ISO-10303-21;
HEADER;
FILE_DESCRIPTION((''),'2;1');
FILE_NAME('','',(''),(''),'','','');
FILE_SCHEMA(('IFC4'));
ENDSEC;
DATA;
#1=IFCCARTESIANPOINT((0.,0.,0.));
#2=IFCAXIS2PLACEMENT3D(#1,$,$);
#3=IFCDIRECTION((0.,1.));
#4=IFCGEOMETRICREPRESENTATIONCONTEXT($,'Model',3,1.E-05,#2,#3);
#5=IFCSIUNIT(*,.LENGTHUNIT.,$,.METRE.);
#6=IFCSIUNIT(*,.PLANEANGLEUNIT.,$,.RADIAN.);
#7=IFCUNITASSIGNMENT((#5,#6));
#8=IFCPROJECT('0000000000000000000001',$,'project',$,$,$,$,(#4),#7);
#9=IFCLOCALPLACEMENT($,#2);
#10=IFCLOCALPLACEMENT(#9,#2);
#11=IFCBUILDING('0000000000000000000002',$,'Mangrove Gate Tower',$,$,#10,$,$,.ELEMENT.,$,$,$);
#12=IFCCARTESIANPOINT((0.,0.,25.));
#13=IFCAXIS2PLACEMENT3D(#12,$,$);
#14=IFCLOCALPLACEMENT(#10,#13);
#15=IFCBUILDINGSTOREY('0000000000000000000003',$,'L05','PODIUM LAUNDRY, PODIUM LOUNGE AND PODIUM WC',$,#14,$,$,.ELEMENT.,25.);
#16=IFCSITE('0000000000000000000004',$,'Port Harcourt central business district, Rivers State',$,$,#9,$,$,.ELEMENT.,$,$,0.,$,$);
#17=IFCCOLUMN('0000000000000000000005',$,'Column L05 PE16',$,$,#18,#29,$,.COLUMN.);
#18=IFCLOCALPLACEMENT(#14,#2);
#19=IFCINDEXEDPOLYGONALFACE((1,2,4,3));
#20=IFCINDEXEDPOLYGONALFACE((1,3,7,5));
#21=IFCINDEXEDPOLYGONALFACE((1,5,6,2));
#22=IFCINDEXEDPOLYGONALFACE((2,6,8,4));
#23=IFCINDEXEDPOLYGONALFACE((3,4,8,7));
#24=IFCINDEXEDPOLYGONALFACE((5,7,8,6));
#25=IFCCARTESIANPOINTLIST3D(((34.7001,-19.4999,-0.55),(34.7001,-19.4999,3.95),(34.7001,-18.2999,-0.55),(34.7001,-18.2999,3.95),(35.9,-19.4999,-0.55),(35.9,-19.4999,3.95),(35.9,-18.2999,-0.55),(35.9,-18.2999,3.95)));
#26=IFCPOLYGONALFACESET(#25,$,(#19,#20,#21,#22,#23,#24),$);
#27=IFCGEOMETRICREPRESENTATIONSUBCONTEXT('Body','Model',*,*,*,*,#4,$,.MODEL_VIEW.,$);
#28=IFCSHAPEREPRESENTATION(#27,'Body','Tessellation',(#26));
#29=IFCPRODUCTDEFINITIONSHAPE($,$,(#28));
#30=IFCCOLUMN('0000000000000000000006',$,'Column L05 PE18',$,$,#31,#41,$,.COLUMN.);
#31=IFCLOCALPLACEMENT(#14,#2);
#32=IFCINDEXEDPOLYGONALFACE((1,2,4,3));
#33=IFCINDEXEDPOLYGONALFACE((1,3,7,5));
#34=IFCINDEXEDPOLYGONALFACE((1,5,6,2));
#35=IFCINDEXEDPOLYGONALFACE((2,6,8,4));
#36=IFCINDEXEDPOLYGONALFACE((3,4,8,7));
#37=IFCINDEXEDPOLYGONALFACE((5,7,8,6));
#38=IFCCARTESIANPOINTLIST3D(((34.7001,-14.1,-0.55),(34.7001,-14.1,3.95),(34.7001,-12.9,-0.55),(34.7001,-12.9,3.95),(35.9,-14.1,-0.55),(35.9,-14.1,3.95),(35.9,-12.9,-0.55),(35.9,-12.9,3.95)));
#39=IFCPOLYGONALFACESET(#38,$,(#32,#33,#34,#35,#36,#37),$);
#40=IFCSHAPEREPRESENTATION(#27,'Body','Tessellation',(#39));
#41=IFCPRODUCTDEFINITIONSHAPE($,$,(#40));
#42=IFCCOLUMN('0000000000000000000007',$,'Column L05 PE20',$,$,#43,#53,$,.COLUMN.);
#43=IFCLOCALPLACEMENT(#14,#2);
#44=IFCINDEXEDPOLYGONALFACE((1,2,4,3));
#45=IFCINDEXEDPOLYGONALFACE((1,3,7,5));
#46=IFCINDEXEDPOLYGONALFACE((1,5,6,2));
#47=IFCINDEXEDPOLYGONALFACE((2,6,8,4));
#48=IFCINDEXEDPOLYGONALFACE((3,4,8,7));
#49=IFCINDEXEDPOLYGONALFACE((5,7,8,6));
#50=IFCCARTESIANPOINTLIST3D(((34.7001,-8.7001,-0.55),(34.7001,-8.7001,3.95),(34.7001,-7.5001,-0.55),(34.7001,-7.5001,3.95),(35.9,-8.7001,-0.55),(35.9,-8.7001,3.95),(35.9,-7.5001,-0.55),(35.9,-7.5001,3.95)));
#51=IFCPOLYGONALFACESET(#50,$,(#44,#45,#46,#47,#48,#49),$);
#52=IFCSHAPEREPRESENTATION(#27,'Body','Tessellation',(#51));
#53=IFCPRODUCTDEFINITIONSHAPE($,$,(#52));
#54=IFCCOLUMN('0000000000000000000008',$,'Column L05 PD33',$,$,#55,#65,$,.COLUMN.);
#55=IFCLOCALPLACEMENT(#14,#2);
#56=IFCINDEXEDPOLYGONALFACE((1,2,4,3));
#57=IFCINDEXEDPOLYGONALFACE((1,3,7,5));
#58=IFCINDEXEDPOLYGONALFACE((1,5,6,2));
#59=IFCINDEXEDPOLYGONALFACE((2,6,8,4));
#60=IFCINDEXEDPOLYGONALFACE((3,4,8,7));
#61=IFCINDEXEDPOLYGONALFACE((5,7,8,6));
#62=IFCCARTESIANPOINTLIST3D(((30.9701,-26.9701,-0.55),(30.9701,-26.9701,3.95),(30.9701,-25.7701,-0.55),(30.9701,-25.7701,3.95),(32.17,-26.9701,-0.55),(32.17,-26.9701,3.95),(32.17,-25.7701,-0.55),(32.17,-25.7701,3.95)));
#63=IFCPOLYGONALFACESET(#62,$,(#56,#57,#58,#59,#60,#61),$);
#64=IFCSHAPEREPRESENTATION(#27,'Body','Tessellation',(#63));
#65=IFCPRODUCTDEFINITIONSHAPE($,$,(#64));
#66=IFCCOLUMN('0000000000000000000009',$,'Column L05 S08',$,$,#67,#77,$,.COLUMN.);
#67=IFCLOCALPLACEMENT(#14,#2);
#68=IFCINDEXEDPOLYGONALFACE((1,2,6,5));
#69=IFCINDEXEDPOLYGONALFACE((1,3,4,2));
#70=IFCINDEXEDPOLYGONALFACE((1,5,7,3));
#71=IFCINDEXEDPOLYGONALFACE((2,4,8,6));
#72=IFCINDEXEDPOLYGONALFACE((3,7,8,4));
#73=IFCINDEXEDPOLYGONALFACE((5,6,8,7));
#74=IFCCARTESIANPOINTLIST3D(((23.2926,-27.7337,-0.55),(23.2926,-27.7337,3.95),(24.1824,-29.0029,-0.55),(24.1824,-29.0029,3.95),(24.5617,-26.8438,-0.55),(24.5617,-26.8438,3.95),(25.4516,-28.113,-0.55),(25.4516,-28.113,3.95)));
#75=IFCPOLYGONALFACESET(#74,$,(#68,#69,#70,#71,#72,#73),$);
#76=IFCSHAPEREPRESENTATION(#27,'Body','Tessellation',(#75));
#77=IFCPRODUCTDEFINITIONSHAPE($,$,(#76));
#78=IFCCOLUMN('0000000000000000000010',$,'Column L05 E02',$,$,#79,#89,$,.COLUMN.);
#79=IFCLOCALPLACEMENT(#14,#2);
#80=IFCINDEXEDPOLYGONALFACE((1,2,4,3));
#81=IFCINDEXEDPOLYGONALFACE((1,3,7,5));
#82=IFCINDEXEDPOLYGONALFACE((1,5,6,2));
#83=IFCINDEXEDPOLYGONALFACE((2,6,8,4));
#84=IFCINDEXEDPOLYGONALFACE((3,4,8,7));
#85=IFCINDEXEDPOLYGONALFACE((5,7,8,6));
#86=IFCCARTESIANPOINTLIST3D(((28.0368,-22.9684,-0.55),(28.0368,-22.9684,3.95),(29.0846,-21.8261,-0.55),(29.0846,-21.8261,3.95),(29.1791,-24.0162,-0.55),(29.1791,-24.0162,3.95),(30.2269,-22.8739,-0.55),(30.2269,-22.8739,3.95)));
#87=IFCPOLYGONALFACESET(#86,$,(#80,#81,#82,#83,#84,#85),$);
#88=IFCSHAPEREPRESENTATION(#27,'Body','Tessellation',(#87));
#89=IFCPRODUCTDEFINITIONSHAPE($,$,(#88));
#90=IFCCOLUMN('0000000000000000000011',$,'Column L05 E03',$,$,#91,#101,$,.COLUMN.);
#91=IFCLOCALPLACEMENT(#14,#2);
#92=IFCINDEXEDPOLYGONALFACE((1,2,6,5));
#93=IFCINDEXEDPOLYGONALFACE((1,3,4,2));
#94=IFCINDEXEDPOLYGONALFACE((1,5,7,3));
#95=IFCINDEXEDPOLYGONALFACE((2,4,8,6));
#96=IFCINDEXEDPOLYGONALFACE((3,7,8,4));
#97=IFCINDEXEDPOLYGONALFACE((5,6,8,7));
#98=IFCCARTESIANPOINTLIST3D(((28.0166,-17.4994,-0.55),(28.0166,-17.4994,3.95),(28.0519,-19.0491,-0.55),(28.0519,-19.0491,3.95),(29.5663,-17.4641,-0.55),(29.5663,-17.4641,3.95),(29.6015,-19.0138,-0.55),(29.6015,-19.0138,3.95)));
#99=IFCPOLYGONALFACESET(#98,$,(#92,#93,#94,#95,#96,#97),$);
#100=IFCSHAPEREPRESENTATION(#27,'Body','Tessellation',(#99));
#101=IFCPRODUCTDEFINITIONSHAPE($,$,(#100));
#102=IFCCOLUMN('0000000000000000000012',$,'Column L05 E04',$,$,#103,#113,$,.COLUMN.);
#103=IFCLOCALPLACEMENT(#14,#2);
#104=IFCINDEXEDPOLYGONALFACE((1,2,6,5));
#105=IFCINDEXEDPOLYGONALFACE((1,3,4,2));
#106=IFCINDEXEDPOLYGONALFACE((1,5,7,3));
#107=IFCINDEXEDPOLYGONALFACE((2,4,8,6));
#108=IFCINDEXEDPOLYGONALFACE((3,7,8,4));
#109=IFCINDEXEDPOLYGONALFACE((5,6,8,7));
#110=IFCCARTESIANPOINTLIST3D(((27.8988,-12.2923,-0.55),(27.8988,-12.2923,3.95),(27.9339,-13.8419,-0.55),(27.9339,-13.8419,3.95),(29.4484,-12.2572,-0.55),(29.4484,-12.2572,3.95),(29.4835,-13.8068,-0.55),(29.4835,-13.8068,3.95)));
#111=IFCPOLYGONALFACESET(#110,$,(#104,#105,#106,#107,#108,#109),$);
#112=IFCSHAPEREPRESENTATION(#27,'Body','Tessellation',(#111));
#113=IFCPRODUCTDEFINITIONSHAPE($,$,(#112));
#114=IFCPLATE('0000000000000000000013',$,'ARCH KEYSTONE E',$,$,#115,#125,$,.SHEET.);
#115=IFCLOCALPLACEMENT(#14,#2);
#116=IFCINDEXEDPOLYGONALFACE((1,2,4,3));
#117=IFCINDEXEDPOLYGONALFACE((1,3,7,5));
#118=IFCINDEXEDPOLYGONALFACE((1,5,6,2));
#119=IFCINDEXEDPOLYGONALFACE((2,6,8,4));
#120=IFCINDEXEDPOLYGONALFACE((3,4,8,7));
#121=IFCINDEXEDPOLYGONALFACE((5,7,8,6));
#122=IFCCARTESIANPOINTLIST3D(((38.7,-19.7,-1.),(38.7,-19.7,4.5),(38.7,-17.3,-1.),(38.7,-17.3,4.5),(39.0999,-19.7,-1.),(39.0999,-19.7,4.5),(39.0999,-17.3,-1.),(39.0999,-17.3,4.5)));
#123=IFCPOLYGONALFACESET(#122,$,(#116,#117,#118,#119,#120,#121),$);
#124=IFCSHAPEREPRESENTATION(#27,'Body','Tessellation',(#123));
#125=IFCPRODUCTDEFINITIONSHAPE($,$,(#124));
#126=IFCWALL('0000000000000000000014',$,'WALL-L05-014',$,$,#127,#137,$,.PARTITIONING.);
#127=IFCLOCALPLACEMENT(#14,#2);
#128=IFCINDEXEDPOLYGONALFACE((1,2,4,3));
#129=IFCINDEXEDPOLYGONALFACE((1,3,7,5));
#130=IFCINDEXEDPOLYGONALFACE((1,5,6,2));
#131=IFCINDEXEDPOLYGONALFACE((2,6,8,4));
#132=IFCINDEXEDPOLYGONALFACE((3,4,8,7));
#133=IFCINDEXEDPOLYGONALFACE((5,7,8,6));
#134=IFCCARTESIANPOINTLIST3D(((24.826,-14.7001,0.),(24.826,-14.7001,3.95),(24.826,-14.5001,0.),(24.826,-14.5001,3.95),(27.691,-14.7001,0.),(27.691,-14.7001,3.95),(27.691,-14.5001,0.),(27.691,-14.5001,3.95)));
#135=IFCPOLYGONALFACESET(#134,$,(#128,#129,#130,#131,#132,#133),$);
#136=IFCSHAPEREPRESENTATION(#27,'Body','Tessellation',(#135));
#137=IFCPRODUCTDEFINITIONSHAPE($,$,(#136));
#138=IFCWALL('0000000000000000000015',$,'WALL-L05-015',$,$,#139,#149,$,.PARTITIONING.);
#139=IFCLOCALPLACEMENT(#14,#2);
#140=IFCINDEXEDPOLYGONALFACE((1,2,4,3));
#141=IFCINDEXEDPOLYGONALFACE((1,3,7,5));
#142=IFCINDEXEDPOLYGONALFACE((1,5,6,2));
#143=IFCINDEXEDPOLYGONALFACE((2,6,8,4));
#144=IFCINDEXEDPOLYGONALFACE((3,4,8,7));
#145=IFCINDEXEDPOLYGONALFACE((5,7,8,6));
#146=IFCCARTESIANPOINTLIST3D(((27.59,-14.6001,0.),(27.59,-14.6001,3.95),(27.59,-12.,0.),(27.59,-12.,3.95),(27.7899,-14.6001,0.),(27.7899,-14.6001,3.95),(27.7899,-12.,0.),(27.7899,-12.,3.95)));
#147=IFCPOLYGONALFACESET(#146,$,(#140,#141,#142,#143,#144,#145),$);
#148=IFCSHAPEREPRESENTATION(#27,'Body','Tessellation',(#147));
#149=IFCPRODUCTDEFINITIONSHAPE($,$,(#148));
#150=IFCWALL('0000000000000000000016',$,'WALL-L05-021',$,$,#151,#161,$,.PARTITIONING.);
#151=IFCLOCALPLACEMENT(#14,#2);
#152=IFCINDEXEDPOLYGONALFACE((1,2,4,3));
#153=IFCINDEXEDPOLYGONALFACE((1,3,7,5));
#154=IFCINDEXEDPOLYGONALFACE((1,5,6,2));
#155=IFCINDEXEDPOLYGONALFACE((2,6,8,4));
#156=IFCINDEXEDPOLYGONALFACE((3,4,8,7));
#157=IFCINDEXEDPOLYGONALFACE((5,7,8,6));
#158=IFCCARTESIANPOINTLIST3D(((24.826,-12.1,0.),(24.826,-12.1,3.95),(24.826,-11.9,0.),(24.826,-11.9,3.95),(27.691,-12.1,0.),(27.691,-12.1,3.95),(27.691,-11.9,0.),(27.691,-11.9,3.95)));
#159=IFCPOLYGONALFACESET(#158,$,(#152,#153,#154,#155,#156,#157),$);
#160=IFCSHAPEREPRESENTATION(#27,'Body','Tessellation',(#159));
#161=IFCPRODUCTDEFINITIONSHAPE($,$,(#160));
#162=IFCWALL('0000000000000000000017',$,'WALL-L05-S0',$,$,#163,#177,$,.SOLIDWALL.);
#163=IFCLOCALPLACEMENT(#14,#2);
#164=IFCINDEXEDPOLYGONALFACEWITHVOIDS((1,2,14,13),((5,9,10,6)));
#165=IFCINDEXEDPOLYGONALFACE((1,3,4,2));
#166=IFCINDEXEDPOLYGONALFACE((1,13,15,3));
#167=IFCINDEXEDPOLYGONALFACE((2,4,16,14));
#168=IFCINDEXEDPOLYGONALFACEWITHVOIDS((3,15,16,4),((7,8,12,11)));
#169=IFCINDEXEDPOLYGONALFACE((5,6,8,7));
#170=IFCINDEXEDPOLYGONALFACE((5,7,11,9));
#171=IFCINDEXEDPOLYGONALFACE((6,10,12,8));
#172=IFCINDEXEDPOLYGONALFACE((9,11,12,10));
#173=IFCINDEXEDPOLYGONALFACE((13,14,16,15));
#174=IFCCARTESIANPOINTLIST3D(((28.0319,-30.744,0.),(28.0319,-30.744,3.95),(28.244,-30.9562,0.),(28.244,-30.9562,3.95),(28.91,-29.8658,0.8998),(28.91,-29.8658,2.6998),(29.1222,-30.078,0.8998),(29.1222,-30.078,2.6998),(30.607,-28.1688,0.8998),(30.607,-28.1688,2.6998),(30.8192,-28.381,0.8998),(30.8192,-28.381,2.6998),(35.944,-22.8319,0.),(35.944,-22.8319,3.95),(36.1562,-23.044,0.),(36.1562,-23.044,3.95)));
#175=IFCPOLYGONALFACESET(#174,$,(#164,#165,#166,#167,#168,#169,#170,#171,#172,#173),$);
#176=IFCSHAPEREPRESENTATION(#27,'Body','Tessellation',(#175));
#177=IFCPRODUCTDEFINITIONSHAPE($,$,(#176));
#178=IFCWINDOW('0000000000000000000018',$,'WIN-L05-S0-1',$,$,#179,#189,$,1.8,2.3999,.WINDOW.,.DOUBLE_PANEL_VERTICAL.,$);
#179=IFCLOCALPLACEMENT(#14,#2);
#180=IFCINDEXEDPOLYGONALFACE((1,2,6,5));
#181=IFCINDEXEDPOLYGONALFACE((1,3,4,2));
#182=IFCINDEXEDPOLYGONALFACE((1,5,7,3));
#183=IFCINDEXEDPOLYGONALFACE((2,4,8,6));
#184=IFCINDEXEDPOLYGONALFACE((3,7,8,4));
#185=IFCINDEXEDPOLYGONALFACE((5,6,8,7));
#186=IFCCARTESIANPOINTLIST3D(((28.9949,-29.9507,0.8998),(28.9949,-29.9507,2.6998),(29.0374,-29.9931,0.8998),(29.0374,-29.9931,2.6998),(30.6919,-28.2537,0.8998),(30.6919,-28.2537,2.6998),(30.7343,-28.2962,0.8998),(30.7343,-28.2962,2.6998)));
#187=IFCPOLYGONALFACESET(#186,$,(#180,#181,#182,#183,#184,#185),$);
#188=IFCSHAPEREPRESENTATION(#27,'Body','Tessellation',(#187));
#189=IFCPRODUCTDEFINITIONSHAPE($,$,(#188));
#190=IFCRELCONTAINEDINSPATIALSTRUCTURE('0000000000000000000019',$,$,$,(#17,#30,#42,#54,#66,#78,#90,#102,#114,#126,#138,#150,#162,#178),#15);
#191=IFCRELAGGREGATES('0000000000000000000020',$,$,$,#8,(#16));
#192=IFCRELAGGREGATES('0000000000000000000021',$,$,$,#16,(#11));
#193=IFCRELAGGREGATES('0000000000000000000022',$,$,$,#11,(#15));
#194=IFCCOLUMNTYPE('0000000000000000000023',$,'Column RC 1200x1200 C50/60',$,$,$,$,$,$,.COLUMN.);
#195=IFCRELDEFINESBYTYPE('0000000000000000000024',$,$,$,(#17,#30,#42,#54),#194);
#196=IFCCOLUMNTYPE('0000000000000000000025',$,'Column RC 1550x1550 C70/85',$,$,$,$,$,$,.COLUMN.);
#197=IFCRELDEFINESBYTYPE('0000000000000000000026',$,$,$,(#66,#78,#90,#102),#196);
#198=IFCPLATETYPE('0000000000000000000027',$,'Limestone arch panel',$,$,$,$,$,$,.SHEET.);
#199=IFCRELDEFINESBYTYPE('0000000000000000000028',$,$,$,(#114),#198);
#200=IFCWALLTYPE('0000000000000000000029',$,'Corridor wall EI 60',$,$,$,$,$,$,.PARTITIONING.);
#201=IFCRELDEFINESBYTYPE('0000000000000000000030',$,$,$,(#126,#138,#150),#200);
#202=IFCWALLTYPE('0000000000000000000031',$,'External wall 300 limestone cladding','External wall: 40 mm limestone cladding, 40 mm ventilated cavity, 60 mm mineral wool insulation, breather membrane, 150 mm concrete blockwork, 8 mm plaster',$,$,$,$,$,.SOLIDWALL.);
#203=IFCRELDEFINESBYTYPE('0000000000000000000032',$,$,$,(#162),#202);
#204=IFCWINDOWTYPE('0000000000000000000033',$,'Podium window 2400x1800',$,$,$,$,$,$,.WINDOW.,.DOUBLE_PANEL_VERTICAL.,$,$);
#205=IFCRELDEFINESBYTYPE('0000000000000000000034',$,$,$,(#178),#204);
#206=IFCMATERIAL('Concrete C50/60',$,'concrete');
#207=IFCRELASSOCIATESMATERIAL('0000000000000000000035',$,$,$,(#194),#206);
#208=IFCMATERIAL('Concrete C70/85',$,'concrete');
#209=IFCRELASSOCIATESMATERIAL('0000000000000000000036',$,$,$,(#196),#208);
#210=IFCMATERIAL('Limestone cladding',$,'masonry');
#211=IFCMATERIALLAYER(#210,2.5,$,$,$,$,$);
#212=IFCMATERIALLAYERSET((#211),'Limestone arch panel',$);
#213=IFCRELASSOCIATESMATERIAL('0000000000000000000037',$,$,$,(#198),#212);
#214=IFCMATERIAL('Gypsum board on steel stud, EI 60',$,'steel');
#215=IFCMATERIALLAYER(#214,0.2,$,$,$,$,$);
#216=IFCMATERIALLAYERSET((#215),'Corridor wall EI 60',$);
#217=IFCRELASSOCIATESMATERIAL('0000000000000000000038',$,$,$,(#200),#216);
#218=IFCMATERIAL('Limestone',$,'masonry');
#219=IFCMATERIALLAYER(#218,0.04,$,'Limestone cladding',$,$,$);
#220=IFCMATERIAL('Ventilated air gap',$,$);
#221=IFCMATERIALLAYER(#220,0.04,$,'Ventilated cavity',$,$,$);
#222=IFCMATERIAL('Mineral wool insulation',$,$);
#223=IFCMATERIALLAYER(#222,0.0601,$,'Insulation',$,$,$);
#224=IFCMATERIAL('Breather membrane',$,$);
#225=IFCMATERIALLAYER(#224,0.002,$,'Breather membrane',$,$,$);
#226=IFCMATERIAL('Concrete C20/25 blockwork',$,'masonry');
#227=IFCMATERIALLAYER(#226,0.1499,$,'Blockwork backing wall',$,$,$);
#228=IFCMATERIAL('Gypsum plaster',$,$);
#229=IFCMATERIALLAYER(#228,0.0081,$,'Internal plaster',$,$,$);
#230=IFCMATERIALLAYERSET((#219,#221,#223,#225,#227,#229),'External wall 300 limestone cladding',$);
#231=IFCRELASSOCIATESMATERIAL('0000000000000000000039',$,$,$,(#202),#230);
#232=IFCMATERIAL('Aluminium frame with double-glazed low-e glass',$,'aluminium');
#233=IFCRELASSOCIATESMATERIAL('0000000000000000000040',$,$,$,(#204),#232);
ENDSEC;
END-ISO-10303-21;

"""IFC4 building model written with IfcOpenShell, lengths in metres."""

from ifc_helpers import new_model, si_unit, direction, frame, frame_2d, origin, origin_2d, place, context, subcontext, project, spatial, rectangle, extrude, material, layer, layer_set, material_profile, profile_set, type_object, element, fill, save


model = new_model("IFC4")

# Units and contexts
model_context = context("Model", 3, precision=1e-05, world=origin(), true_north=direction((0.0, 1.0)))
body_context = subcontext(model_context, "Body", "Model", "MODEL_VIEW")
ifc_project = project(units=[si_unit("LENGTHUNIT", "METRE"), si_unit("PLANEANGLEUNIT", "RADIAN")], contexts=[model_context])

# Site, building, storey
site_placement = place(None, origin())
site = spatial("IfcSite", under=ifc_project, at=site_placement, Name="Port Harcourt central business district, Rivers State", CompositionType="ELEMENT", RefElevation=0.0)
building_placement = place(site_placement, origin())
building = spatial("IfcBuilding", under=site, at=building_placement, Name="Mangrove Gate Tower", CompositionType="ELEMENT")
storey_placement = place(building_placement, frame((0.0, 0.0, 25.0)))
storey = spatial("IfcBuildingStorey", under=building, at=storey_placement, Name="L05", Description="PODIUM LAUNDRY, PODIUM LOUNGE AND PODIUM WC", CompositionType="ELEMENT", Elevation=25.0)

# Columns
ifc_material_1 = material(Name="Concrete C50/60", Category="concrete")
ifc_material_profile_1 = material_profile(ifc_material_1, rectangle(XDim=1.2, YDim=1.2, at=origin_2d()))
ifc_profile_set_1 = profile_set([ifc_material_profile_1], Name="Concrete C50/60")
column_type_1 = type_object("IfcColumnType", Name="Column RC 1200x1200 C50/60", PredefinedType="COLUMN", material=ifc_profile_set_1)
for number, where, z_axis, x_axis, name in (
    (1, (35.3, -18.8999, -0.55), (0.0, 0.0, 1.0), (1.0, 0.0, 0.0), "Column L05 PE16"),
    (2, (35.3, -13.5, -0.55), (0.0, 0.0, 1.0), (1.0, 0.0, 0.0), "Column L05 PE18"),
    (3, (35.3, -8.1001, -0.55), (0.0, 0.0, 1.0), (1.0, 0.0, 0.0), "Column L05 PE20"),
    (4, (31.5701, -26.3701, -0.55), (0.0, 0.0, 1.0), (1.0, 0.0, 0.0), "Column L05 PD33"),
):
    element("IfcColumn", number, at=place(storey_placement, frame(where, z_axis=z_axis, x_axis=x_axis)), inside=storey, type_object=column_type_1, Name=name, PredefinedType="COLUMN", context=body_context, shape_type="SweptSolid", body=[
        extrude(rectangle(XDim=1.2, YDim=1.2, at=origin_2d()), origin(), (0.0, 0.0, 1.0), 4.5),
    ])
ifc_material_2 = material(Name="Concrete C70/85", Category="concrete")
ifc_material_profile_2 = material_profile(ifc_material_2, rectangle(XDim=1.55, YDim=1.55, at=origin_2d()))
ifc_profile_set_2 = profile_set([ifc_material_profile_2], Name="Concrete C70/85")
column_type_2 = type_object("IfcColumnType", Name="Column RC 1550x1550 C70/85", PredefinedType="COLUMN", material=ifc_profile_set_2)
for number, where, z_axis, x_axis, name in (
    (5, (24.3721, -27.9233, -0.55), (0.0, 0.0, 1.0), (0.818799, 0.574081, 0.0), "Column L05 S08"),
    (6, (29.1318, -22.9211, -0.55), (0.0, 0.0, 1.0), (0.675975, 0.736924, 0.0), "Column L05 E02"),
    (7, (28.8091, -18.2566, -0.55), (0.0, 0.0, 1.0), (-0.022754, 0.999741, 0.0), "Column L05 E03"),
    (8, (28.6912, -13.0496, -0.55), (0.0, 0.0, 1.0), (-0.022656, 0.999743, 0.0), "Column L05 E04"),
):
    element("IfcColumn", number, at=place(storey_placement, frame(where, z_axis=z_axis, x_axis=x_axis)), inside=storey, type_object=column_type_2, Name=name, PredefinedType="COLUMN", context=body_context, shape_type="SweptSolid", body=[
        extrude(rectangle(XDim=1.55, YDim=1.55, at=origin_2d()), origin(), (0.0, 0.0, 1.0), 4.5),
    ])

# Plate
ifc_material_3 = material(Name="Limestone cladding", Category="masonry")
ifc_layer_1 = layer(ifc_material_3, 2.5)
ifc_layer_set_1 = layer_set([ifc_layer_1], Name="Limestone arch panel")
plate_type = type_object("IfcPlateType", Name="Limestone arch panel", PredefinedType="SHEET", material=ifc_layer_set_1)
plate_placement = place(storey_placement, frame((38.8999, -18.5, -1.0), z_axis=(0.0, 0.0, 1.0), x_axis=(1.0, 0.0, 0.0)))
element("IfcPlate", 9, at=plate_placement, inside=storey, type_object=plate_type, Name="ARCH KEYSTONE E", PredefinedType="SHEET", context=body_context, shape_type="SweptSolid", body=[
    extrude(rectangle(XDim=0.3999, YDim=2.3999, at=origin_2d()), origin(), (0.0, 0.0, 1.0), 5.5),
])

# Walls
ifc_material_4 = material(Name="Gypsum board on steel stud, EI 60", Category="steel")
ifc_layer_2 = layer(ifc_material_4, 0.2)
ifc_layer_set_2 = layer_set([ifc_layer_2], Name="Corridor wall EI 60")
wall_type_1 = type_object("IfcWallType", Name="Corridor wall EI 60", PredefinedType="PARTITIONING", material=ifc_layer_set_2)
wall_1_placement = place(storey_placement, frame((24.8259, -14.6001, 0.0), z_axis=(0.0, 0.0, 1.0), x_axis=(1.0, 0.0, 0.0)))
element("IfcWall", 10, at=wall_1_placement, inside=storey, type_object=wall_type_1, Name="WALL-L05-014", PredefinedType="PARTITIONING", context=body_context, shape_type="SweptSolid", body=[
    extrude(rectangle(XDim=2.865, YDim=0.2, at=frame_2d((1.4326, 0.0))), origin(), (0.0, 0.0, 1.0), 3.95),
])
wall_2_placement = place(storey_placement, frame((27.6899, -14.6001, 0.0), z_axis=(0.0, 0.0, 1.0), x_axis=(0.0, 1.0, 0.0)))
element("IfcWall", 11, at=wall_2_placement, inside=storey, type_object=wall_type_1, Name="WALL-L05-015", PredefinedType="PARTITIONING", context=body_context, shape_type="SweptSolid", body=[
    extrude(rectangle(XDim=2.6001, YDim=0.2, at=frame_2d((1.3, 0.0))), origin(), (0.0, 0.0, 1.0), 3.95),
])
wall_3_placement = place(storey_placement, frame((24.8259, -12.0, 0.0), z_axis=(0.0, 0.0, 1.0), x_axis=(1.0, 0.0, 0.0)))
element("IfcWall", 12, at=wall_3_placement, inside=storey, type_object=wall_type_1, Name="WALL-L05-021", PredefinedType="PARTITIONING", context=body_context, shape_type="SweptSolid", body=[
    extrude(rectangle(XDim=2.865, YDim=0.2, at=frame_2d((1.4326, 0.0))), origin(), (0.0, 0.0, 1.0), 3.95),
])

# Wall, opening, window
ifc_material_5 = material(Name="Limestone", Category="masonry")
ifc_layer_3 = layer(ifc_material_5, 0.04, Name="Limestone cladding")
ifc_material_6 = material(Name="Ventilated air gap")
ifc_layer_4 = layer(ifc_material_6, 0.04, Name="Ventilated cavity")
ifc_material_7 = material(Name="Mineral wool insulation")
ifc_layer_5 = layer(ifc_material_7, 0.0601, Name="Insulation")
ifc_material_8 = material(Name="Breather membrane")
ifc_layer_6 = layer(ifc_material_8, 0.002, Name="Breather membrane")
ifc_material_9 = material(Name="Concrete C20/25 blockwork", Category="masonry")
ifc_layer_7 = layer(ifc_material_9, 0.1499, Name="Blockwork backing wall")
ifc_material_10 = material(Name="Gypsum plaster")
ifc_layer_8 = layer(ifc_material_10, 0.0081, Name="Internal plaster")
ifc_layer_set_3 = layer_set([ifc_layer_3, ifc_layer_4, ifc_layer_5, ifc_layer_6, ifc_layer_7, ifc_layer_8], Name="External wall 300 limestone cladding")
wall_type_2 = type_object("IfcWallType", Name="External wall 300 limestone cladding", Description="External wall: 40 mm limestone cladding, 40 mm ventilated cavity, 60 mm mineral wool insulation, breather membrane, 150 mm concrete blockwork, 8 mm plaster", PredefinedType="SOLIDWALL", material=ifc_layer_set_3)
wall_4_placement = place(storey_placement, frame((28.1379, -30.8501, 0.0), z_axis=(0.0, 0.0, 1.0), x_axis=(0.707107, 0.707107, 0.0)))
wall_4 = element("IfcWall", 13, at=wall_4_placement, inside=storey, type_object=wall_type_2, Name="WALL-L05-S0", PredefinedType="SOLIDWALL", context=body_context, shape_type="SweptSolid", body=[
    extrude(rectangle(XDim=11.1895, YDim=0.3, at=frame_2d((5.5947, 0.0))), origin(), (0.0, 0.0, 1.0), 3.95),
])
opening_placement = place(wall_4_placement, frame((1.2419, 0.0, 0.8999)))
opening = element("IfcOpeningElement", 14, at=opening_placement, cuts=wall_4, PredefinedType="OPENING", context=body_context, shape_type="SweptSolid", body=[
    extrude(rectangle(XDim=2.3999, YDim=1.8, at=frame_2d((1.2, 0.8999))), frame((0.0, 0.1599, 0.0), z_axis=(0.0, -1.0, 0.0), x_axis=(1.0, 0.0, 0.0)), (0.0, 0.0, 1.0), 0.3201),
])
ifc_material_11 = material(Name="Aluminium frame with double-glazed low-e glass", Category="aluminium")
window_type = type_object("IfcWindowType", Name="Podium window 2400x1800", PartitioningType="DOUBLE_PANEL_VERTICAL", PredefinedType="WINDOW", material=ifc_material_11)
window_placement = place(opening_placement, origin())
window = element("IfcWindow", 15, at=window_placement, inside=storey, type_object=window_type, Name="WIN-L05-S0-1", OverallHeight=1.8, OverallWidth=2.3999, PartitioningType="DOUBLE_PANEL_VERTICAL", PredefinedType="WINDOW", context=body_context, shape_type="SweptSolid", body=[
    extrude(rectangle(XDim=2.3999, YDim=1.8, at=frame_2d((1.2, 0.8999))), frame((0.0, 0.03, 0.0), z_axis=(0.0, -1.0, 0.0), x_axis=(1.0, 0.0, 0.0)), (0.0, 0.0, 1.0), 0.0601),
])
fill(opening, window)

save(model, "model.ifc")
